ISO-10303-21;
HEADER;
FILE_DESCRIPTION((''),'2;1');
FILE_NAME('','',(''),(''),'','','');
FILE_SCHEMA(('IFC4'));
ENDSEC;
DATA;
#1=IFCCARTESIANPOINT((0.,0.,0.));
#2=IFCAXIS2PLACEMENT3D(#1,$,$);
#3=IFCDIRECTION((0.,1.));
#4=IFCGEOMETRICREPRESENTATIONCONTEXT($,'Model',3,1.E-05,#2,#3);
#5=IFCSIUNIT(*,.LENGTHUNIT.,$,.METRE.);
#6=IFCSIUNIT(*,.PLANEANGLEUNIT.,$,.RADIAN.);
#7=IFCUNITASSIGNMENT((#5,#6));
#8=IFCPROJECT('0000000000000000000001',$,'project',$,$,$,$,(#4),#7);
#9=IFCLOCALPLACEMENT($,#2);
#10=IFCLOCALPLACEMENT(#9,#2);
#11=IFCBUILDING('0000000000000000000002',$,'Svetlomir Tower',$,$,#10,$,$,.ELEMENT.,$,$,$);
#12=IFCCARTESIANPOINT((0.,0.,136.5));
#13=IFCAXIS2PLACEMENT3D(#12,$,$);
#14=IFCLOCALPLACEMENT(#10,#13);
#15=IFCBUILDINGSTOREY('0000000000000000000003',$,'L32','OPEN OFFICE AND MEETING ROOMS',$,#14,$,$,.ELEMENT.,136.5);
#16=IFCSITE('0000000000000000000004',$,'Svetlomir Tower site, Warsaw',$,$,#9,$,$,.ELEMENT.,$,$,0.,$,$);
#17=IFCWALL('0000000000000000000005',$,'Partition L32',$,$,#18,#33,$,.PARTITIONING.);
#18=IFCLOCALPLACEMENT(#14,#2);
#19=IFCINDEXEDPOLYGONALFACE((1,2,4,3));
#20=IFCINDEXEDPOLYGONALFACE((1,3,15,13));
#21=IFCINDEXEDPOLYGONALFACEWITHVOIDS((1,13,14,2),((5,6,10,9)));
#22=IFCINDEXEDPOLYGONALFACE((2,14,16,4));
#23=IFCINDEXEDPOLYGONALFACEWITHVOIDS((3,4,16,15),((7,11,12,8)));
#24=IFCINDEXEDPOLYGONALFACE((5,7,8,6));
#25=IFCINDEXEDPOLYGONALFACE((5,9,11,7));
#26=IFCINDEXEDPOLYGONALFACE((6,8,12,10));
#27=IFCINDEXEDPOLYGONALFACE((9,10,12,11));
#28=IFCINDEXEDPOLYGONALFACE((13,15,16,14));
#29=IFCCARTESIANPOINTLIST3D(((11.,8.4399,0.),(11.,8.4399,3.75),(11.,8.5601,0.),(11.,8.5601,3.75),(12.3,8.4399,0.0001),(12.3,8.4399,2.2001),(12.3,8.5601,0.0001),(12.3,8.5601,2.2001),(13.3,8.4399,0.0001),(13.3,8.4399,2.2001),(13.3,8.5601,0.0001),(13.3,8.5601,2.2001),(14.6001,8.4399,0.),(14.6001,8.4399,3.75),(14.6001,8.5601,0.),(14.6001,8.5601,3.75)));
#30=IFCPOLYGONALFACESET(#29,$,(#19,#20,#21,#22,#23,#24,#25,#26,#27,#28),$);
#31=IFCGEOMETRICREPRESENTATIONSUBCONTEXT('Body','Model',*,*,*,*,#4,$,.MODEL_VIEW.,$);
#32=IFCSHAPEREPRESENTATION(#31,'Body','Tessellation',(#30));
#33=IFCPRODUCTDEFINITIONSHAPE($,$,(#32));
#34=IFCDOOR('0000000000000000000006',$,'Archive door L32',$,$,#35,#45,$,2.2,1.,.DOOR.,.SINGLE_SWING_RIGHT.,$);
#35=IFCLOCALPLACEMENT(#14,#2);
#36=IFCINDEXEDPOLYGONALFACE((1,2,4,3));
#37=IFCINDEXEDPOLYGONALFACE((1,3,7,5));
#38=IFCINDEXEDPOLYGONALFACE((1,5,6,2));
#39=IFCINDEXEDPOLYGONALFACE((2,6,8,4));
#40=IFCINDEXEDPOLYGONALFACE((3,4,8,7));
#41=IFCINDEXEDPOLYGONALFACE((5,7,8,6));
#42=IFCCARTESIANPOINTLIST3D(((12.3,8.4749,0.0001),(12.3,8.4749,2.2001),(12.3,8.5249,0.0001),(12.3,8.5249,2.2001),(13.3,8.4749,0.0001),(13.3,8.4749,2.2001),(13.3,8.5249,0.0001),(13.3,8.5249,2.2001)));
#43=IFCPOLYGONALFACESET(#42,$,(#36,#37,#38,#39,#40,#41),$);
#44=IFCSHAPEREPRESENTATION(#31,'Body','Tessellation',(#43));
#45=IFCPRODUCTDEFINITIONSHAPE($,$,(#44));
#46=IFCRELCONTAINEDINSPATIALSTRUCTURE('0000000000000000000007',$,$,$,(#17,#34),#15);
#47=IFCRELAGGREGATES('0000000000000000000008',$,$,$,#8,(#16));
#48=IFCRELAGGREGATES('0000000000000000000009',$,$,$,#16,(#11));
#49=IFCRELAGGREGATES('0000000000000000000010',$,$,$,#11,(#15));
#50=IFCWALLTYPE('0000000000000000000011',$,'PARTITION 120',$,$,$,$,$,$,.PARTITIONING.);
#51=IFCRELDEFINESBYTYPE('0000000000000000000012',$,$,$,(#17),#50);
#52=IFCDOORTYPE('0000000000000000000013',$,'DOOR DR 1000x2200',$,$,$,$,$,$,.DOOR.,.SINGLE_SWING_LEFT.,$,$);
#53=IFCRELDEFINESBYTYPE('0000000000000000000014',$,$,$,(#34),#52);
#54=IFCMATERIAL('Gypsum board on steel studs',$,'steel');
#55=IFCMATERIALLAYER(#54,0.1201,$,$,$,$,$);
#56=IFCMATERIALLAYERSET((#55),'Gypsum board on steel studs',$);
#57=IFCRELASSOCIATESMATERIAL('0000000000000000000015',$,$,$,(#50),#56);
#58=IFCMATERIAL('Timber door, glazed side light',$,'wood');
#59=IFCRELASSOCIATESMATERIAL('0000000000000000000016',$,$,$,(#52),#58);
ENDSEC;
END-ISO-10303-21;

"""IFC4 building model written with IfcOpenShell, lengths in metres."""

from ifc_helpers import new_model, si_unit, direction, frame, frame_2d, origin, place, context, subcontext, project, spatial, rectangle, extrude, material, layer, layer_set, type_object, element, fill, save


model = new_model("IFC4")

# Units and contexts
model_context = context("Model", 3, precision=1e-05, world=origin(), true_north=direction((0.0, 1.0)))
body_context = subcontext(model_context, "Body", "Model", "MODEL_VIEW")
ifc_project = project(units=[si_unit("LENGTHUNIT", "METRE"), si_unit("PLANEANGLEUNIT", "RADIAN")], contexts=[model_context])

# Site, building, storey
site_placement = place(None, origin())
site = spatial("IfcSite", under=ifc_project, at=site_placement, Name="Svetlomir Tower site, Warsaw", CompositionType="ELEMENT", RefElevation=0.0)
building_placement = place(site_placement, origin())
building = spatial("IfcBuilding", under=site, at=building_placement, Name="Svetlomir Tower", CompositionType="ELEMENT")
storey_placement = place(building_placement, frame((0.0, 0.0, 136.5)))
storey = spatial("IfcBuildingStorey", under=building, at=storey_placement, Name="L32", Description="OPEN OFFICE AND MEETING ROOMS", CompositionType="ELEMENT", Elevation=136.5)

# Wall, opening, door
ifc_material_1 = material(Name="Gypsum board on steel studs", Category="steel")
ifc_layer_1 = layer(ifc_material_1, 0.1201)
ifc_layer_set_1 = layer_set([ifc_layer_1], Name="Gypsum board on steel studs")
wall_type_1 = type_object("IfcWallType", Name="PARTITION 120", PredefinedType="PARTITIONING", material=ifc_layer_set_1)
wall_1_placement = place(storey_placement, frame((11.0, 8.5, 0.0), z_axis=(0.0, 0.0, 1.0), x_axis=(1.0, 0.0, 0.0)))
wall_1 = element("IfcWall", 1, at=wall_1_placement, inside=storey, type_object=wall_type_1, Name="Partition L32", PredefinedType="PARTITIONING", context=body_context, shape_type="SweptSolid", body=[
    extrude(rectangle(XDim=3.6001, YDim=0.1201, at=frame_2d((1.8, 0.0))), origin(), (0.0, 0.0, 1.0), 3.75),
])
opening_placement = place(wall_1_placement, frame((1.3, 0.0, 0.0)))
opening = element("IfcOpeningElement", 2, at=opening_placement, cuts=wall_1, PredefinedType="OPENING", context=body_context, shape_type="SweptSolid", body=[
    extrude(rectangle(XDim=1.0, YDim=2.2, at=frame_2d((0.5, 1.1001))), frame((0.0, 0.0701, 0.0), z_axis=(0.0, -1.0, 0.0), x_axis=(1.0, 0.0, 0.0)), (0.0, 0.0, 1.0), 0.1401),
])
ifc_material_2 = material(Name="Timber door, glazed side light", Category="wood")
door_type = type_object("IfcDoorType", Name="DOOR DR 1000x2200", OperationType="SINGLE_SWING_LEFT", PredefinedType="DOOR", material=ifc_material_2)
door_placement = place(opening_placement, origin())
door = element("IfcDoor", 3, at=door_placement, inside=storey, type_object=door_type, Name="Archive door L32", OperationType="SINGLE_SWING_RIGHT", OverallHeight=2.2, OverallWidth=1.0, PredefinedType="DOOR", context=body_context, shape_type="SweptSolid", body=[
    extrude(rectangle(XDim=1.0, YDim=2.2, at=frame_2d((0.5, 1.1001))), frame((0.0, 0.0249, 0.0), z_axis=(0.0, -1.0, 0.0), x_axis=(1.0, 0.0, 0.0)), (0.0, 0.0, 1.0), 0.05),
])
fill(opening, door)

save(model, "model.ifc")
